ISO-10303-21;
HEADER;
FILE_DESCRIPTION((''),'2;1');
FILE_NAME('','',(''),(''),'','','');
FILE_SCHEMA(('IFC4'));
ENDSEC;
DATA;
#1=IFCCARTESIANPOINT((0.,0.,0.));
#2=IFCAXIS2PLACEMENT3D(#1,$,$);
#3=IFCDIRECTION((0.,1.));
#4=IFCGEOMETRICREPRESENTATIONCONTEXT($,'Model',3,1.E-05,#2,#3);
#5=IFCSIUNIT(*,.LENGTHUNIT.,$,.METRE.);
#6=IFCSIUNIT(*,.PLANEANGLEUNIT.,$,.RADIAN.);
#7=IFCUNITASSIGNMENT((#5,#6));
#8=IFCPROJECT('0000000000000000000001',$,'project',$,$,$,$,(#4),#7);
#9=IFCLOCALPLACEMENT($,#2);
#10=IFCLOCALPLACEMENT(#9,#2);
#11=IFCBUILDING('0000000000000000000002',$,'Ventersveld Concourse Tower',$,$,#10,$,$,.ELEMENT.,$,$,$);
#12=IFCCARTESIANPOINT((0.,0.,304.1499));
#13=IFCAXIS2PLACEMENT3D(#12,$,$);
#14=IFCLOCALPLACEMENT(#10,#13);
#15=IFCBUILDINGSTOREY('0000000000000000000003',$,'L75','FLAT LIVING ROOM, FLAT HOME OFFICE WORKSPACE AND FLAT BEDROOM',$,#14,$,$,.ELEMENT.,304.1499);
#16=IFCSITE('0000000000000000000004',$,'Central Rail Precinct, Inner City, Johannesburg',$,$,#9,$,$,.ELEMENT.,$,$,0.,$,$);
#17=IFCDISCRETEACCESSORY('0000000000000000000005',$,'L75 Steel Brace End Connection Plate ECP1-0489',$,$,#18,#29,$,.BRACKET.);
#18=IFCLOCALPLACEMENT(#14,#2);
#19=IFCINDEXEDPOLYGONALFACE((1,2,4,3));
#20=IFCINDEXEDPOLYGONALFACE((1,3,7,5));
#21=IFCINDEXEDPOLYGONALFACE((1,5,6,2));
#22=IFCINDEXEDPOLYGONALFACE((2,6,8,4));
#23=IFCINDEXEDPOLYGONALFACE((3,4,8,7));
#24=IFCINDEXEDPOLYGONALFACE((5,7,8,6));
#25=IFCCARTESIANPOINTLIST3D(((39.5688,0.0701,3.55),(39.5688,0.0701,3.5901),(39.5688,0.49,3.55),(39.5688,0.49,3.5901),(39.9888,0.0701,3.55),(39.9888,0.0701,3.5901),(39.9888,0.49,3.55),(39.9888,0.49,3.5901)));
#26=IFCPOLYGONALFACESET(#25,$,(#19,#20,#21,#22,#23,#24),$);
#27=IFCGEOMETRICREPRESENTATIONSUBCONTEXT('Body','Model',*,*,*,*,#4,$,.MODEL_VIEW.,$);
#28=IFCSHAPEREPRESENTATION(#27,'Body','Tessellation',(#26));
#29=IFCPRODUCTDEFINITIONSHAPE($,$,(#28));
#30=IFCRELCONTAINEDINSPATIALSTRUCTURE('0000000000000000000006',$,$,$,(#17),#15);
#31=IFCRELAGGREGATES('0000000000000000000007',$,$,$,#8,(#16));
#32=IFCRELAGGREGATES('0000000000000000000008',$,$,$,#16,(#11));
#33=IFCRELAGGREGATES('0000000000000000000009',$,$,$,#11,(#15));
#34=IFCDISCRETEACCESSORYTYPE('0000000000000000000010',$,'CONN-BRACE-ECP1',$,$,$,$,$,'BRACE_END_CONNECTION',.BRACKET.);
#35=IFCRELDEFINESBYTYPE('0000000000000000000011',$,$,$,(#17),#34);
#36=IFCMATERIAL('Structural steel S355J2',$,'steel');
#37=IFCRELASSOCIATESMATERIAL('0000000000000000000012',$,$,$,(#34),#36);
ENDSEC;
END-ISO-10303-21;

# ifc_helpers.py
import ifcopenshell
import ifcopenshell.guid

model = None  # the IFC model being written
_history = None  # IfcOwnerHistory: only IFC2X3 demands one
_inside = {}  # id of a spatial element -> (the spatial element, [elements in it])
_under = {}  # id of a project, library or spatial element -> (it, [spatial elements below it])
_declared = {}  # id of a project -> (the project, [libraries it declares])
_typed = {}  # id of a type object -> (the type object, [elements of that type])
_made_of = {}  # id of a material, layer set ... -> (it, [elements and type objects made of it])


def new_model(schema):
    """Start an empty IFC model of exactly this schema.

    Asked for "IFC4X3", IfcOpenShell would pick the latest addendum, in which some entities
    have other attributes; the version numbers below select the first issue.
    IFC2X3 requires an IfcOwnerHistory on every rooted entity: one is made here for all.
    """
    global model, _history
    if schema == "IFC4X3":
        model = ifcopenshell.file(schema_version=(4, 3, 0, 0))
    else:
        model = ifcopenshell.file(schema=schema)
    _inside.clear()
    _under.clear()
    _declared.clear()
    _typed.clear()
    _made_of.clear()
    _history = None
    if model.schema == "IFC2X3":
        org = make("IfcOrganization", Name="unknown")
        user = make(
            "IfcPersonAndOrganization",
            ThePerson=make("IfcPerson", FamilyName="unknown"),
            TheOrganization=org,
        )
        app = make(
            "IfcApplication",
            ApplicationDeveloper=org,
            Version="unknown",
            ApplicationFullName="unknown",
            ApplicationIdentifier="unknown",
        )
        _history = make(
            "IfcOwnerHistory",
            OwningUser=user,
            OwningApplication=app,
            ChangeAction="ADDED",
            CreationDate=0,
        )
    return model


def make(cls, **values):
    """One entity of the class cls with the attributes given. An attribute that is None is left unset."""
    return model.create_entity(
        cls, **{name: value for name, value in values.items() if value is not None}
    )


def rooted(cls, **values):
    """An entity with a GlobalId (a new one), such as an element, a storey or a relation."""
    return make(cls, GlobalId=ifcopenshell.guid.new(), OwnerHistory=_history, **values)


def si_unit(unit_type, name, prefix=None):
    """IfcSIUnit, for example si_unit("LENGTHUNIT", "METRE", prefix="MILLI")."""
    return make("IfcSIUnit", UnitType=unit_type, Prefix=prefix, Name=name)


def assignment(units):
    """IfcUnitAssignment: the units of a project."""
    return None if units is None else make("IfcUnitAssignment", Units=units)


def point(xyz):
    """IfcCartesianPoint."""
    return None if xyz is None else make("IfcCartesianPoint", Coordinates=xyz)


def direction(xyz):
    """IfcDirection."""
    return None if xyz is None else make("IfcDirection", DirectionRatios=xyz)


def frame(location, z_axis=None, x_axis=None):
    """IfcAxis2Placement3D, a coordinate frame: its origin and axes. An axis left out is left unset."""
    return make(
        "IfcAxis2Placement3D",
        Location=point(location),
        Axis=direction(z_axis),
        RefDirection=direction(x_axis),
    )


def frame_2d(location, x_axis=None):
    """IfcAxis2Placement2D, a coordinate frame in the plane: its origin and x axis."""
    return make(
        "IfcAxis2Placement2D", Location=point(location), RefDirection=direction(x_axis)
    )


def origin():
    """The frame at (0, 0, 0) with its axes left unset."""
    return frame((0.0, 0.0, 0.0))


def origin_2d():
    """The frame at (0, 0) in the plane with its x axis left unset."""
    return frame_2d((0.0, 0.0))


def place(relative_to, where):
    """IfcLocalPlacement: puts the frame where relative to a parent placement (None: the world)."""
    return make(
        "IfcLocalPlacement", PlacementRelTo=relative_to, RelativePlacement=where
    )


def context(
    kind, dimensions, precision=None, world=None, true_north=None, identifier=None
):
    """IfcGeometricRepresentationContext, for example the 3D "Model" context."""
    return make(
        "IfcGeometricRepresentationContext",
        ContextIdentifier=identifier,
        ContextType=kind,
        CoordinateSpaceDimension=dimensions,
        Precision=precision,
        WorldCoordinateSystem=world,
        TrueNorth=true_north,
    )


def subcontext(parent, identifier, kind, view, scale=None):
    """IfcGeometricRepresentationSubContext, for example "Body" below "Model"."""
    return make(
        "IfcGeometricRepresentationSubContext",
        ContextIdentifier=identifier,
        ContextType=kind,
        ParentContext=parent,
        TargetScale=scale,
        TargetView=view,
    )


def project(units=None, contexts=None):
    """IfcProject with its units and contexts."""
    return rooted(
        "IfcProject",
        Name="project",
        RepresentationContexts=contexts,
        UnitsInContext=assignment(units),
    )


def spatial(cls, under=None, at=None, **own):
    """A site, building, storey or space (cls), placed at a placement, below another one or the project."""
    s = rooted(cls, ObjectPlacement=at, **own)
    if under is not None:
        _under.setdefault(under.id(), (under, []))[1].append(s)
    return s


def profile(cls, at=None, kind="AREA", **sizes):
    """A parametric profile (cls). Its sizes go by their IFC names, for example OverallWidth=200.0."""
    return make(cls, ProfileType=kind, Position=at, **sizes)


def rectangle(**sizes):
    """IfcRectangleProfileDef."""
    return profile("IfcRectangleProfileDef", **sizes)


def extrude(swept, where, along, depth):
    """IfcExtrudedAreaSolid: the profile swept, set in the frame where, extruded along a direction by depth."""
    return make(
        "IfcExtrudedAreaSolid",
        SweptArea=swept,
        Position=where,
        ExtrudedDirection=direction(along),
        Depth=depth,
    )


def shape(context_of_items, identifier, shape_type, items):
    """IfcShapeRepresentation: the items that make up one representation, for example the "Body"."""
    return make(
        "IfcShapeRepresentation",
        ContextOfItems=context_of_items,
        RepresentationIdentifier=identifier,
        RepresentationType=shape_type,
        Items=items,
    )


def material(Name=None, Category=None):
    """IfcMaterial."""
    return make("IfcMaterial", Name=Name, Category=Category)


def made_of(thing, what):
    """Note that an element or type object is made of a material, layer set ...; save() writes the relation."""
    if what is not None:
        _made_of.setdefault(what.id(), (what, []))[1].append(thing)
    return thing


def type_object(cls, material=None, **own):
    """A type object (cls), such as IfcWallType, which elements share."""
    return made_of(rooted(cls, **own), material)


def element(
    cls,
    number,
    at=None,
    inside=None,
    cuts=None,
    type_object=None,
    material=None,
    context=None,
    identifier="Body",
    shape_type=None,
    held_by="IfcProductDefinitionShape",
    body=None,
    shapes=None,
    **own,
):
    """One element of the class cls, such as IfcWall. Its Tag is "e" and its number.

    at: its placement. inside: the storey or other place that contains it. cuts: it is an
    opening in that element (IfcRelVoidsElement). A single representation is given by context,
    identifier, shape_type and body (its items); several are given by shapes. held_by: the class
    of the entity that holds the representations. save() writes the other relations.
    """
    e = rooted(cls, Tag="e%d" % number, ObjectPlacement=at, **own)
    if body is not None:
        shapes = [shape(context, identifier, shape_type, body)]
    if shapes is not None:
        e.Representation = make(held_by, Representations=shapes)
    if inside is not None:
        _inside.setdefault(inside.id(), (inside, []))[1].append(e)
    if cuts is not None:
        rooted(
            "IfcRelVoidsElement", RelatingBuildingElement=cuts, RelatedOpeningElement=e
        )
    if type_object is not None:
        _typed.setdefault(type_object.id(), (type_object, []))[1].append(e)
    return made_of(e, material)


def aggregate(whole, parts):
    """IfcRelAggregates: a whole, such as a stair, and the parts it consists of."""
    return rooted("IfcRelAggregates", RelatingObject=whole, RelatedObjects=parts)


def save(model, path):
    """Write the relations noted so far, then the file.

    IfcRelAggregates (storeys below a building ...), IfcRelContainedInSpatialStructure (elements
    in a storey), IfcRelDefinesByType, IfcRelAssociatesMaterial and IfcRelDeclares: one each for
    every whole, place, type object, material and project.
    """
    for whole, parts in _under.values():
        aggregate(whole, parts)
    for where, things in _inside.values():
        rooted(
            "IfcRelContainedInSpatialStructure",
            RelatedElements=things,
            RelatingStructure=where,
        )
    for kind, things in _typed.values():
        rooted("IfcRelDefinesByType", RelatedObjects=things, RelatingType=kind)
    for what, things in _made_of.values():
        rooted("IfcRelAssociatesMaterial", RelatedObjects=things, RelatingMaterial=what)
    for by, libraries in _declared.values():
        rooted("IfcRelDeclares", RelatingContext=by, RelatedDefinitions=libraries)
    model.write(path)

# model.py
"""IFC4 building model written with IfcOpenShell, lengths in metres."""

from ifc_helpers import new_model, si_unit, direction, frame, origin, origin_2d, place, context, subcontext, project, spatial, rectangle, extrude, material, type_object, element, save


model = new_model("IFC4")

# Units and contexts
model_context = context("Model", 3, precision=1e-05, world=origin(), true_north=direction((0.0, 1.0)))
body_context = subcontext(model_context, "Body", "Model", "MODEL_VIEW")
ifc_project = project(units=[si_unit("LENGTHUNIT", "METRE"), si_unit("PLANEANGLEUNIT", "RADIAN")], contexts=[model_context])

# Site, building, storey
site_placement = place(None, origin())
site = spatial("IfcSite", under=ifc_project, at=site_placement, Name="Central Rail Precinct, Inner City, Johannesburg", CompositionType="ELEMENT", RefElevation=0.0)
building_placement = place(site_placement, origin())
building = spatial("IfcBuilding", under=site, at=building_placement, Name="Ventersveld Concourse Tower", CompositionType="ELEMENT")
storey_placement = place(building_placement, frame((0.0, 0.0, 304.1499)))
storey = spatial("IfcBuildingStorey", under=building, at=storey_placement, Name="L75", Description="FLAT LIVING ROOM, FLAT HOME OFFICE WORKSPACE AND FLAT BEDROOM", CompositionType="ELEMENT", Elevation=304.1499)

# Shared definitions
ifc_material_1 = material(Name="Structural steel S355J2", Category="steel")

# Discrete accessory
discrete_accessory_type = type_object("IfcDiscreteAccessoryType", Name="CONN-BRACE-ECP1", ElementType="BRACE_END_CONNECTION", PredefinedType="BRACKET", material=ifc_material_1)
discrete_accessory_placement = place(storey_placement, frame((39.7788, 0.28, 3.55), z_axis=(0.0, 0.0, 1.0), x_axis=(1.0, 0.0, 0.0)))
element("IfcDiscreteAccessory", 1, at=discrete_accessory_placement, inside=storey, type_object=discrete_accessory_type, Name="L75 Steel Brace End Connection Plate ECP1-0489", PredefinedType="BRACKET", context=body_context, shape_type="SweptSolid", body=[
    extrude(rectangle(XDim=0.4199, YDim=0.4199, at=origin_2d()), origin(), (0.0, 0.0, 1.0), 0.04),
])

save(model, "model.ifc")
